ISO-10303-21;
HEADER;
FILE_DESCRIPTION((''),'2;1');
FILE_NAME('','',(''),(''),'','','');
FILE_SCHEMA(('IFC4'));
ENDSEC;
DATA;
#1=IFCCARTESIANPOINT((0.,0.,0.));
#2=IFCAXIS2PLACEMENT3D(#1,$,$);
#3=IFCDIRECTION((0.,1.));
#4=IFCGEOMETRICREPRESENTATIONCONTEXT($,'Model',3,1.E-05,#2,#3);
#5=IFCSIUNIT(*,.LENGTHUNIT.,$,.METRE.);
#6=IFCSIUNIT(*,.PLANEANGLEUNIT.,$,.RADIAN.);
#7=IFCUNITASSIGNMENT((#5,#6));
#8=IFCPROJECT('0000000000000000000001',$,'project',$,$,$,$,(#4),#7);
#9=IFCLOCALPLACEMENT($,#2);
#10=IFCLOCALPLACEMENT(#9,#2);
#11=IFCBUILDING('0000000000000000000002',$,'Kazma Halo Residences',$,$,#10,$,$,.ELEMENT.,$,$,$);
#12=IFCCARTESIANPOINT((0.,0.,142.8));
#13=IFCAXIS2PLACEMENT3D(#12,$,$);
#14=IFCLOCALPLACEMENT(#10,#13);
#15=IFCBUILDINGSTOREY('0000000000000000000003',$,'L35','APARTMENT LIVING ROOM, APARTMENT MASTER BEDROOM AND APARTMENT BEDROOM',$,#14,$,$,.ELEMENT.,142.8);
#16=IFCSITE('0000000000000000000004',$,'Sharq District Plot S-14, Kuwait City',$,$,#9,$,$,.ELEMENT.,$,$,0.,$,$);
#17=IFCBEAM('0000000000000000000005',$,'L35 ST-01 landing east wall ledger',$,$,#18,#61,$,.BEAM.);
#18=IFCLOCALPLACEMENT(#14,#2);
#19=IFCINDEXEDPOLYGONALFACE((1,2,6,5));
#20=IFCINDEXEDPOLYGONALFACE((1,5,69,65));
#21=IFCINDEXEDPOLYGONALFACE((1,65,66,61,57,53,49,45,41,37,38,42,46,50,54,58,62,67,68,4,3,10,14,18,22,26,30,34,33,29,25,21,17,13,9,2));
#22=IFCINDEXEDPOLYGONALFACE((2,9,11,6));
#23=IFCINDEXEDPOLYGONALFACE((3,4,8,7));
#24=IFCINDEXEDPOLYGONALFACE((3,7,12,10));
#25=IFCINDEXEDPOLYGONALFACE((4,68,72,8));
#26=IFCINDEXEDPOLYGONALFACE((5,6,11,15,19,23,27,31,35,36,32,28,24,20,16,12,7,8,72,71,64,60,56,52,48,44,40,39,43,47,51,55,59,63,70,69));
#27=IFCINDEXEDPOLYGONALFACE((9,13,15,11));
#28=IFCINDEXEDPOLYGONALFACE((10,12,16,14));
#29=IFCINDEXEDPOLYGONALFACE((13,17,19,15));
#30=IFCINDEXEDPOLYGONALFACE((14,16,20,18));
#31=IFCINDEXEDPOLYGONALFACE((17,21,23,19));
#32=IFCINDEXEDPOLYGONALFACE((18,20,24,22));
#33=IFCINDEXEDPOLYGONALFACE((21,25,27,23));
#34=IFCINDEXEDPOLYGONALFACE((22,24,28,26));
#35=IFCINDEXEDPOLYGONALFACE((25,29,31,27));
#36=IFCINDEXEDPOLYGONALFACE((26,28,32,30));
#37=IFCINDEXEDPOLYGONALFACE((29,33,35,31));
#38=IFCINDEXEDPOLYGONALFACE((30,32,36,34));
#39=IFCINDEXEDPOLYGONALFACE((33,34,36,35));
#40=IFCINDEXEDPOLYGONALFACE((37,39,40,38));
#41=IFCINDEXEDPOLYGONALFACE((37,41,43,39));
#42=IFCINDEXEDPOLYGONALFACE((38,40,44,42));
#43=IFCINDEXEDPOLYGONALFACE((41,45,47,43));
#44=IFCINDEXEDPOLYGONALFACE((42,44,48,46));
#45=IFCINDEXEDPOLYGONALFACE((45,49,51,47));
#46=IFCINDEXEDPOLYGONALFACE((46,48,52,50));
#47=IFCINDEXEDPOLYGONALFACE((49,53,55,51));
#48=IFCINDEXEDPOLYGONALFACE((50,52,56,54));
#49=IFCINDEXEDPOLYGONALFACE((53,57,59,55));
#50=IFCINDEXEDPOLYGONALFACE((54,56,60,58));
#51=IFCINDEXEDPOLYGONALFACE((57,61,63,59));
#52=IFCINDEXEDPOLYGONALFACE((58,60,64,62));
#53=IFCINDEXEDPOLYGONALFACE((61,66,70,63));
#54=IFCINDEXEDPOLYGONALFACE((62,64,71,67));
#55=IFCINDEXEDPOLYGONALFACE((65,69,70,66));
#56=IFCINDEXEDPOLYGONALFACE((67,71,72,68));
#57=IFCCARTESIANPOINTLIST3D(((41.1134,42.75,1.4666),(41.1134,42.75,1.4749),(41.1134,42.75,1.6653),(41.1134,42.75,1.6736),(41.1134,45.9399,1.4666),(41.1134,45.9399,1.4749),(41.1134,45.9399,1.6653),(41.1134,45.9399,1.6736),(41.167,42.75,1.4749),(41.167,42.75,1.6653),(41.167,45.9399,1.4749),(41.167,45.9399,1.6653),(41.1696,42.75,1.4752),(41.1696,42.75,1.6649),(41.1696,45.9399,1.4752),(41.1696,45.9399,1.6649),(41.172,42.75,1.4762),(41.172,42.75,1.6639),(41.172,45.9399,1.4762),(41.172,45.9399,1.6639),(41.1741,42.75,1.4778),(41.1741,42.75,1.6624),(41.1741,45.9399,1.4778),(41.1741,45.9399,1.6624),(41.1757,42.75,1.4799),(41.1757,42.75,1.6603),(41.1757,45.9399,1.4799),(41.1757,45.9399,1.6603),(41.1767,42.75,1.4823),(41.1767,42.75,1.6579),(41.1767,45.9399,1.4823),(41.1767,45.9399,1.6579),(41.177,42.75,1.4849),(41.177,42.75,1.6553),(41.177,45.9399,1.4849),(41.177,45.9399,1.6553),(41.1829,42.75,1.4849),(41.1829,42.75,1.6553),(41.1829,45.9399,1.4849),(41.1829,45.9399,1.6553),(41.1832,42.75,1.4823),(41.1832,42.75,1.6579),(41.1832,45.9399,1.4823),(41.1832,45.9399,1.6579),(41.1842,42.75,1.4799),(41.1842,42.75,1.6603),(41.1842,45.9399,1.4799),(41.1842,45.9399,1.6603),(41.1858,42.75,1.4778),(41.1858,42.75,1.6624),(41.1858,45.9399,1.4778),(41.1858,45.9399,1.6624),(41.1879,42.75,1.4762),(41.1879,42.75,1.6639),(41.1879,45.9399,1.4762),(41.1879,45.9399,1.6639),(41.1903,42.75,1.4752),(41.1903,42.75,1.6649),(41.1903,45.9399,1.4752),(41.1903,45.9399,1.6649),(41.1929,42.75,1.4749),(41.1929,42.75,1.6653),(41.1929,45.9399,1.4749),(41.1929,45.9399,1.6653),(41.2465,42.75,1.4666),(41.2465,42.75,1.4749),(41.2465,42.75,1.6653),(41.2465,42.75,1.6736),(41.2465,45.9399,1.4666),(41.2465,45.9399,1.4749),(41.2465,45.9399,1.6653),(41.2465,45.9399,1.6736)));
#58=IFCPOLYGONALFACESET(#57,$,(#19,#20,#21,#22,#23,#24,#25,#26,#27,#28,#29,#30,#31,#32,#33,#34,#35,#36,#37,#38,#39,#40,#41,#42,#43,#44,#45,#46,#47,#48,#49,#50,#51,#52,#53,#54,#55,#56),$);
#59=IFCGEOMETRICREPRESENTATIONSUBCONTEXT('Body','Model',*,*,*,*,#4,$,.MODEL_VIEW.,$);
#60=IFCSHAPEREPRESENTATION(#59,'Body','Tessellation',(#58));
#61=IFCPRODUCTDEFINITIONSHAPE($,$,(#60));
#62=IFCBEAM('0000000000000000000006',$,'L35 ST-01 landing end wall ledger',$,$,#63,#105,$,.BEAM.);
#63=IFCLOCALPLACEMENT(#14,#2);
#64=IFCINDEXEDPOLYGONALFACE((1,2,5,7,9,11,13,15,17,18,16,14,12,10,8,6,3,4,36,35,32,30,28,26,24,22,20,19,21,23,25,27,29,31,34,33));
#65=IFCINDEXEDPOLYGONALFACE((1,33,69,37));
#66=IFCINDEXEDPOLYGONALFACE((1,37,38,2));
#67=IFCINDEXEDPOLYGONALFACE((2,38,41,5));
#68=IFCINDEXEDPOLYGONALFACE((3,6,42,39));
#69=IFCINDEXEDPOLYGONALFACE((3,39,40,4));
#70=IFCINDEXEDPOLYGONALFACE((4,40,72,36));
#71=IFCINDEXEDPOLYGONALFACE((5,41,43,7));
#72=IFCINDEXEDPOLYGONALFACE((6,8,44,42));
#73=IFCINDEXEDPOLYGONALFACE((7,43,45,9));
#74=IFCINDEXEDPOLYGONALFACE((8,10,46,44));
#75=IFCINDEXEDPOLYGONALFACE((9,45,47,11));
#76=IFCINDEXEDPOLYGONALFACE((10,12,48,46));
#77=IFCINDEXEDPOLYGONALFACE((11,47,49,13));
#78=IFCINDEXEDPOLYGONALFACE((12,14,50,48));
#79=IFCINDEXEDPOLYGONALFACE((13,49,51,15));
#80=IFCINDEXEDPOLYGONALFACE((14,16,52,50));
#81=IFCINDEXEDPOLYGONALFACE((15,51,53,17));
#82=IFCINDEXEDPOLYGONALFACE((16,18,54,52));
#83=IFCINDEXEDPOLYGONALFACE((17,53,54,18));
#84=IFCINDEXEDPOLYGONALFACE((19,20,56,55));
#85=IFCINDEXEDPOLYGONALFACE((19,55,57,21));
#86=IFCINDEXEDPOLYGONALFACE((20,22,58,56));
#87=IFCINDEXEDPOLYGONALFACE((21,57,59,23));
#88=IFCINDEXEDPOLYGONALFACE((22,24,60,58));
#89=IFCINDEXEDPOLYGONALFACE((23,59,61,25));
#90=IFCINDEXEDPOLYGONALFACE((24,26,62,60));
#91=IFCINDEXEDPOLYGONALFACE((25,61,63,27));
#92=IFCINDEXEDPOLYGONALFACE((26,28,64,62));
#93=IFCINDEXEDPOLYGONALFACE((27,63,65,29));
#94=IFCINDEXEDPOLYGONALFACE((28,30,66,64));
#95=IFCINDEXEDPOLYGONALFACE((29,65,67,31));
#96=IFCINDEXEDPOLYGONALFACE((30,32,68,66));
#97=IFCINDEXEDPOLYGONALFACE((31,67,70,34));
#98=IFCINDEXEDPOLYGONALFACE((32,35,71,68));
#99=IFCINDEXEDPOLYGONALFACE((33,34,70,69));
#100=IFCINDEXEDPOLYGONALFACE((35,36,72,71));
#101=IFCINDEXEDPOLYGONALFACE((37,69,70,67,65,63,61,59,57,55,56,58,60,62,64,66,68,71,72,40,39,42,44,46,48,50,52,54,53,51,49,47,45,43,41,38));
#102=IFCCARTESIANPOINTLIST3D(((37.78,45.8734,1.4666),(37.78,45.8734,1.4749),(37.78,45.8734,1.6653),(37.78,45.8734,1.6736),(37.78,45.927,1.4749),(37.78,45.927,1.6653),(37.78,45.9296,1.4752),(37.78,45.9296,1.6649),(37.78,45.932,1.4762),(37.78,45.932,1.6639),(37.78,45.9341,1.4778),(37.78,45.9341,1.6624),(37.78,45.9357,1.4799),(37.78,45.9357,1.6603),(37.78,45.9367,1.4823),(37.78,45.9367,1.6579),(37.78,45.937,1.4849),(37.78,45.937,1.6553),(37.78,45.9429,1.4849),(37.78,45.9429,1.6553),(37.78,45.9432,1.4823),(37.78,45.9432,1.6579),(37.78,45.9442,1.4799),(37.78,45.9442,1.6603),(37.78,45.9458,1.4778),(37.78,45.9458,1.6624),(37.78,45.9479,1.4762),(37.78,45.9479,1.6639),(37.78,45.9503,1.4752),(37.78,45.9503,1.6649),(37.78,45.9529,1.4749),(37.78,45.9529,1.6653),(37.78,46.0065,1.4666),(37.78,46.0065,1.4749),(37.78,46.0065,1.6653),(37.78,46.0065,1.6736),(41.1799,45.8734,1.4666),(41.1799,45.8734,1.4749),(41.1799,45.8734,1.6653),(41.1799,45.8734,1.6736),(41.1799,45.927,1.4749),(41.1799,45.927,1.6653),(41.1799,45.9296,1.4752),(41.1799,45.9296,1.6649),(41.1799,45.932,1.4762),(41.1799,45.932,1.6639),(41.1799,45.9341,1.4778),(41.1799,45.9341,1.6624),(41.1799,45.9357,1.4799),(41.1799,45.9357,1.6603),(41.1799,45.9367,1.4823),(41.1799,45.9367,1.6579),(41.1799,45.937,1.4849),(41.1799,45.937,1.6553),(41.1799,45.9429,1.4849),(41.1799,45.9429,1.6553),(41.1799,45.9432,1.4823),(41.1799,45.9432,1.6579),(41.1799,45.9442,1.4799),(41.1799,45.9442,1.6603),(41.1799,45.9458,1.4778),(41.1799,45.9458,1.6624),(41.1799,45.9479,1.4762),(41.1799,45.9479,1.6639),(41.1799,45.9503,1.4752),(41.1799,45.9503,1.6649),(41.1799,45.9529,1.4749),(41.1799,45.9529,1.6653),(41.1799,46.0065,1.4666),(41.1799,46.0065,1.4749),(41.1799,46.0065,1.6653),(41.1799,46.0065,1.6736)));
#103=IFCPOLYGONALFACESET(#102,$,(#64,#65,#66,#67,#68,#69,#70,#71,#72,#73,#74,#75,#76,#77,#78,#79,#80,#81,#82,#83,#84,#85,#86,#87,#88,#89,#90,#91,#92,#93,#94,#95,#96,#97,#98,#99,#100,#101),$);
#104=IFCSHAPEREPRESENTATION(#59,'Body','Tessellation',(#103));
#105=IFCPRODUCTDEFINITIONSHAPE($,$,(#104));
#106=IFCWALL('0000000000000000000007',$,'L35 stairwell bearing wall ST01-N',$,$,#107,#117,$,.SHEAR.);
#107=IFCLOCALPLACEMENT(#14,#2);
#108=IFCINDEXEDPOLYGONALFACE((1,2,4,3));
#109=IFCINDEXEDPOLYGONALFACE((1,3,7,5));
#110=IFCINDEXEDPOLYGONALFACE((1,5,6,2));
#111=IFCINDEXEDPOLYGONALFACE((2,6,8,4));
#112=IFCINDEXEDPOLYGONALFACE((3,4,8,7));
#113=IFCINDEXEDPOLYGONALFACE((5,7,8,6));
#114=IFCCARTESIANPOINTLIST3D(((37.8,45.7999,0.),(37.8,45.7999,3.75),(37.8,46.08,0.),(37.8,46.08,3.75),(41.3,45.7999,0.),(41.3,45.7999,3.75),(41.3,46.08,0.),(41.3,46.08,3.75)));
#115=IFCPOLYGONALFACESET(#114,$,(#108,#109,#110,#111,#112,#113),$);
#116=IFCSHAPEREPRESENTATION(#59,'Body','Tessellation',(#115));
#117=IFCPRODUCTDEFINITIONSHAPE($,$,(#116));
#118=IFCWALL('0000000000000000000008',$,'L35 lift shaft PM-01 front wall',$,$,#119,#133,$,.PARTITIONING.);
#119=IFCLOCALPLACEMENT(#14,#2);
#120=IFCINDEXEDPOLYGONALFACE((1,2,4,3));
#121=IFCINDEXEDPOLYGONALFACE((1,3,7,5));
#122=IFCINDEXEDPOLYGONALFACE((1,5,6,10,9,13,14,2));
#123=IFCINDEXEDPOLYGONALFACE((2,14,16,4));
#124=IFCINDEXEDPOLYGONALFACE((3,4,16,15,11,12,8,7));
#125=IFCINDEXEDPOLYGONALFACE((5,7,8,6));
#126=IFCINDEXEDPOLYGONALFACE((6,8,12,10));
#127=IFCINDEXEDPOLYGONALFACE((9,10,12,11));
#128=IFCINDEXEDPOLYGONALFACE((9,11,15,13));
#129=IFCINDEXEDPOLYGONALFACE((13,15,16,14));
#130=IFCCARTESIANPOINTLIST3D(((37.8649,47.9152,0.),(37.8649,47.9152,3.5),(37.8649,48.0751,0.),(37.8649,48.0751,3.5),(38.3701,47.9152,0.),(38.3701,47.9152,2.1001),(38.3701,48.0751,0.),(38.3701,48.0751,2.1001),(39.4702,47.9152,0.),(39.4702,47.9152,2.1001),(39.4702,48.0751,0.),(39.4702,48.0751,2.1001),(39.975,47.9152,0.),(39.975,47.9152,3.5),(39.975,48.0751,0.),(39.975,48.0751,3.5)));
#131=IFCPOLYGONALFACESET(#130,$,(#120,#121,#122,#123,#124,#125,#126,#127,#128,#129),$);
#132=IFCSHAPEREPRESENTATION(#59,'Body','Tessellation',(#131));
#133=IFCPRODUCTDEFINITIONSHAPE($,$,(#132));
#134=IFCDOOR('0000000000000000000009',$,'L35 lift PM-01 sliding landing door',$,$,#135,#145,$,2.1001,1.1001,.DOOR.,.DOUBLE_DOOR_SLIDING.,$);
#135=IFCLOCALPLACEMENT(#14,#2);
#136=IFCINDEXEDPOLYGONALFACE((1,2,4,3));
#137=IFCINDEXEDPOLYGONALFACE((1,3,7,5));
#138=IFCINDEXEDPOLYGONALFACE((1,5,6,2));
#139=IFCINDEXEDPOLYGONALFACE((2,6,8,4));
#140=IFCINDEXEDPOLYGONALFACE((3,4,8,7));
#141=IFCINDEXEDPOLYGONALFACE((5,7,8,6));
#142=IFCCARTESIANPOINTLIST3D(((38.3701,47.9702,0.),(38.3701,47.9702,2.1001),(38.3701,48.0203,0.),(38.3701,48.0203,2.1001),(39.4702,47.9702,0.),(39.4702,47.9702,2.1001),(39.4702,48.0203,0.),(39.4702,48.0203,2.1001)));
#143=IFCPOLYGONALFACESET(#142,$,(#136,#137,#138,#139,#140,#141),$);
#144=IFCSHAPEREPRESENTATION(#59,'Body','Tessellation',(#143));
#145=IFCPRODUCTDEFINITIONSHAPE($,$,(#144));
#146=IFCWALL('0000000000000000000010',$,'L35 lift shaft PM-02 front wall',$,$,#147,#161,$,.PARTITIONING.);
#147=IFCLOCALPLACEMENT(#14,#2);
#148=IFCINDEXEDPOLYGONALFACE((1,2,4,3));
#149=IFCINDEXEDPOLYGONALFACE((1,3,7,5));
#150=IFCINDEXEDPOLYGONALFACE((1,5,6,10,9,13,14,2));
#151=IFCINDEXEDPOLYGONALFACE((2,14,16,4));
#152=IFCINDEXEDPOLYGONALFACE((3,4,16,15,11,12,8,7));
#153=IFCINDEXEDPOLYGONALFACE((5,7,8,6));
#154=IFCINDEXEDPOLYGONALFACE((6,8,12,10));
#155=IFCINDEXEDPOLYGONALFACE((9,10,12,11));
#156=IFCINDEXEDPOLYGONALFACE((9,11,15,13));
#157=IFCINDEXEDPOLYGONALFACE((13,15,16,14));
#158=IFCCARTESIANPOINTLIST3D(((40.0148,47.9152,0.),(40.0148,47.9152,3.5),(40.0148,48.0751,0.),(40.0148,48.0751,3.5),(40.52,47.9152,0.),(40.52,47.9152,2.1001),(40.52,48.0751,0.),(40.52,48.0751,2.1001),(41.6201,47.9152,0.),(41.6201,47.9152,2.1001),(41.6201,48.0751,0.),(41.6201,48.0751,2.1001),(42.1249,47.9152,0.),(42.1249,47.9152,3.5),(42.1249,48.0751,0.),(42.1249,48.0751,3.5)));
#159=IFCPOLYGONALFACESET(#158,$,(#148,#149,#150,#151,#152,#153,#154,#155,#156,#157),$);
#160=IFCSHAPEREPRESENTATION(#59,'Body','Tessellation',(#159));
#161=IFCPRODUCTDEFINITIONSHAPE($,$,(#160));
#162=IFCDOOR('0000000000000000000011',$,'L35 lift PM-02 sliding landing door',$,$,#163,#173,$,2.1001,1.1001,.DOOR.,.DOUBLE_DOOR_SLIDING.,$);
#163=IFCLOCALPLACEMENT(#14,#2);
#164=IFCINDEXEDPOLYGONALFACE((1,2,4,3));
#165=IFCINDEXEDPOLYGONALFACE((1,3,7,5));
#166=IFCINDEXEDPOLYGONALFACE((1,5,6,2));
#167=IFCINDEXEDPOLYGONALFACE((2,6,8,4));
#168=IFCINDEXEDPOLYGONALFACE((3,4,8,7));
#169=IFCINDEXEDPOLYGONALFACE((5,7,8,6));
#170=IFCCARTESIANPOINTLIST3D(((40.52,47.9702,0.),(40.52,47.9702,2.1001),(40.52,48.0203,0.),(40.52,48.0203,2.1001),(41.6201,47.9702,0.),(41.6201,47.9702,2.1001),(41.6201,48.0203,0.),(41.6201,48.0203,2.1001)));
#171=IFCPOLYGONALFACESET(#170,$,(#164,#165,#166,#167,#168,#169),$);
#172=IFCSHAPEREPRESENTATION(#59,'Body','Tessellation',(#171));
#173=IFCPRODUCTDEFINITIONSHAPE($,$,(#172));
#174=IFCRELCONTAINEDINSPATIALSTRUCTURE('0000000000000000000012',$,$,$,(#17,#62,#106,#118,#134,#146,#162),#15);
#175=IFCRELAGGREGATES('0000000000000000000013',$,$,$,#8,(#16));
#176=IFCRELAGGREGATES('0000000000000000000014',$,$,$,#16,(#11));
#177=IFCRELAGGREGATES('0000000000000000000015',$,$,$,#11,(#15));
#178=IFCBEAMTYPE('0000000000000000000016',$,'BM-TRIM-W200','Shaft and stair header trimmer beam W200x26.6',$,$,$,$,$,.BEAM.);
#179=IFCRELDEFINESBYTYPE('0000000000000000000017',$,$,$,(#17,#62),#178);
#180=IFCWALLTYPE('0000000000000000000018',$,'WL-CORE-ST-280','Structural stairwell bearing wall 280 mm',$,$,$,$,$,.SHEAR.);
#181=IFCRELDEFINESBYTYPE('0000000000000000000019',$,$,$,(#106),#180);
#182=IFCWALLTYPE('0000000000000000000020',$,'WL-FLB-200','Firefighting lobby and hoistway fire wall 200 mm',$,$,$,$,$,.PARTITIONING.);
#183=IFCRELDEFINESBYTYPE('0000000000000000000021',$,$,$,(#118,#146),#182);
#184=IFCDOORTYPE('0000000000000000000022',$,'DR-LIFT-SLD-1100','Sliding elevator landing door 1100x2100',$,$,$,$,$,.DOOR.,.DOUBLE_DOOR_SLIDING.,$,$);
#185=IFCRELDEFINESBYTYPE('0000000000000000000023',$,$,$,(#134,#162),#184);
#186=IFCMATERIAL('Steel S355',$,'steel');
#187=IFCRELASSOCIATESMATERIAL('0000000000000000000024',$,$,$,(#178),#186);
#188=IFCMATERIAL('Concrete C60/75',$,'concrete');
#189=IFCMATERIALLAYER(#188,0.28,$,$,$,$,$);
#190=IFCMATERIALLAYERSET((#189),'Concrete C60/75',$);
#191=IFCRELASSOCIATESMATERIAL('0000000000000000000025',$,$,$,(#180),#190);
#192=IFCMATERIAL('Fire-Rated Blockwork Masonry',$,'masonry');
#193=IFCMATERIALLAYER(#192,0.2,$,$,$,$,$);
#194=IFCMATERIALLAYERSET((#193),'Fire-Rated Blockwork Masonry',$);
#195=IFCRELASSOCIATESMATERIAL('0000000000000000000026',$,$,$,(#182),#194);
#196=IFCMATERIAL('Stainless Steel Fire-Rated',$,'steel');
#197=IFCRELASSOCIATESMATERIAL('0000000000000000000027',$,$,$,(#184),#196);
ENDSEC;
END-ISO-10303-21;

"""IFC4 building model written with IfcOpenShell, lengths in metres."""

from ifc_helpers import new_model, si_unit, direction, frame, frame_2d, origin, origin_2d, place, context, subcontext, project, spatial, rectangle, i_section, extrude, material, layer, layer_set, material_profile, profile_set, type_object, element, fill, save


model = new_model("IFC4")

# Units and contexts
model_context = context("Model", 3, precision=1e-05, world=origin(), true_north=direction((0.0, 1.0)))
body_context = subcontext(model_context, "Body", "Model", "MODEL_VIEW")
ifc_project = project(units=[si_unit("LENGTHUNIT", "METRE"), si_unit("PLANEANGLEUNIT", "RADIAN")], contexts=[model_context])

# Site, building, storey
site_placement = place(None, origin())
site = spatial("IfcSite", under=ifc_project, at=site_placement, Name="Sharq District Plot S-14, Kuwait City", CompositionType="ELEMENT", RefElevation=0.0)
building_placement = place(site_placement, origin())
building = spatial("IfcBuilding", under=site, at=building_placement, Name="Kazma Halo Residences", CompositionType="ELEMENT")
storey_placement = place(building_placement, frame((0.0, 0.0, 142.8)))
storey = spatial("IfcBuildingStorey", under=building, at=storey_placement, Name="L35", Description="APARTMENT LIVING ROOM, APARTMENT MASTER BEDROOM AND APARTMENT BEDROOM", CompositionType="ELEMENT", Elevation=142.8)

# Shared definitions
ifc_material_1 = material(Name="Steel S355", Category="steel")

# Beams
ifc_material_profile_1 = material_profile(ifc_material_1, i_section(OverallWidth=0.1331, OverallDepth=0.207, WebThickness=0.0059, FlangeThickness=0.0083, FilletRadius=0.01, at=origin_2d()), Name="W200x26.6")
ifc_profile_set_1 = profile_set([ifc_material_profile_1], Name="Steel S355")
beam_type_1 = type_object("IfcBeamType", Name="BM-TRIM-W200", Description="Shaft and stair header trimmer beam W200x26.6", PredefinedType="BEAM", material=ifc_profile_set_1)
beam_1_placement = place(storey_placement, frame((41.1799, 42.75, 1.5701), z_axis=(0.0, 1.0, 0.0), x_axis=(-1.0, 0.0, 0.0)))
element("IfcBeam", 1, at=beam_1_placement, inside=storey, type_object=beam_type_1, Name="L35 ST-01 landing east wall ledger", PredefinedType="BEAM", context=body_context, shape_type="SweptSolid", body=[
    extrude(i_section(OverallWidth=0.1331, OverallDepth=0.207, WebThickness=0.0059, FlangeThickness=0.0083, FilletRadius=0.01, at=origin_2d()), origin(), (0.0, 0.0, 1.0), 3.1899),
])
beam_2_placement = place(storey_placement, frame((37.78, 45.9399, 1.5701), z_axis=(1.0, 0.0, 0.0), x_axis=(0.0, 1.0, 0.0)))
element("IfcBeam", 2, at=beam_2_placement, inside=storey, type_object=beam_type_1, Name="L35 ST-01 landing end wall ledger", PredefinedType="BEAM", context=body_context, shape_type="SweptSolid", body=[
    extrude(i_section(OverallWidth=0.1331, OverallDepth=0.207, WebThickness=0.0059, FlangeThickness=0.0083, FilletRadius=0.01, at=origin_2d()), origin(), (0.0, 0.0, 1.0), 3.3999),
])

# Wall
ifc_material_2 = material(Name="Concrete C60/75", Category="concrete")
ifc_layer_1 = layer(ifc_material_2, 0.28)
ifc_layer_set_1 = layer_set([ifc_layer_1], Name="Concrete C60/75")
wall_type_1 = type_object("IfcWallType", Name="WL-CORE-ST-280", Description="Structural stairwell bearing wall 280 mm", PredefinedType="SHEAR", material=ifc_layer_set_1)
wall_1_placement = place(storey_placement, frame((37.8, 45.9399, 0.0), z_axis=(0.0, 0.0, 1.0), x_axis=(1.0, 0.0, 0.0)))
element("IfcWall", 3, at=wall_1_placement, inside=storey, type_object=wall_type_1, Name="L35 stairwell bearing wall ST01-N", PredefinedType="SHEAR", context=body_context, shape_type="SweptSolid", body=[
    extrude(rectangle(XDim=3.5, YDim=0.28, at=frame_2d((1.75, 0.0))), origin(), (0.0, 0.0, 1.0), 3.75),
])

# Walls, openings, doors
ifc_material_3 = material(Name="Fire-Rated Blockwork Masonry", Category="masonry")
ifc_layer_2 = layer(ifc_material_3, 0.2)
ifc_layer_set_2 = layer_set([ifc_layer_2], Name="Fire-Rated Blockwork Masonry")
wall_type_2 = type_object("IfcWallType", Name="WL-FLB-200", Description="Firefighting lobby and hoistway fire wall 200 mm", PredefinedType="PARTITIONING", material=ifc_layer_set_2)
wall_2_placement = place(storey_placement, frame((39.9751, 47.9951, 0.0), z_axis=(0.0, 0.0, 1.0), x_axis=(-1.0, 0.0, 0.0)))
wall_2 = element("IfcWall", 4, at=wall_2_placement, inside=storey, type_object=wall_type_2, Name="L35 lift shaft PM-01 front wall", PredefinedType="PARTITIONING", context=body_context, shape_type="SweptSolid", body=[
    extrude(rectangle(XDim=2.1101, YDim=0.1599, at=frame_2d((1.0552, 0.0))), origin(), (0.0, 0.0, 1.0), 3.5),
])
opening_1_placement = place(wall_2_placement, frame((0.5049, 0.0, 0.0)))
opening_1 = element("IfcOpeningElement", 5, at=opening_1_placement, cuts=wall_2, PredefinedType="OPENING", context=body_context, shape_type="SweptSolid", body=[
    extrude(rectangle(XDim=1.1001, YDim=2.1001, at=frame_2d((0.55, 1.05))), frame((0.0, 0.0898, 0.0), z_axis=(0.0, -1.0, 0.0), x_axis=(1.0, 0.0, 0.0)), (0.0, 0.0, 1.0), 0.1799),
])
ifc_material_4 = material(Name="Stainless Steel Fire-Rated", Category="steel")
door_type = type_object("IfcDoorType", Name="DR-LIFT-SLD-1100", Description="Sliding elevator landing door 1100x2100", OperationType="DOUBLE_DOOR_SLIDING", PredefinedType="DOOR", material=ifc_material_4)
door_1_placement = place(opening_1_placement, origin())
door_1 = element("IfcDoor", 6, at=door_1_placement, inside=storey, type_object=door_type, Name="L35 lift PM-01 sliding landing door", OperationType="DOUBLE_DOOR_SLIDING", OverallHeight=2.1001, OverallWidth=1.1001, PredefinedType="DOOR", context=body_context, shape_type="SweptSolid", body=[
    extrude(rectangle(XDim=1.1001, YDim=2.1001, at=frame_2d((0.55, 1.05))), frame((0.0, 0.0249, 0.0), z_axis=(0.0, -1.0, 0.0), x_axis=(1.0, 0.0, 0.0)), (0.0, 0.0, 1.0), 0.05),
])
fill(opening_1, door_1)
wall_3_placement = place(storey_placement, frame((42.125, 47.9951, 0.0), z_axis=(0.0, 0.0, 1.0), x_axis=(-1.0, 0.0, 0.0)))
wall_3 = element("IfcWall", 7, at=wall_3_placement, inside=storey, type_object=wall_type_2, Name="L35 lift shaft PM-02 front wall", PredefinedType="PARTITIONING", context=body_context, shape_type="SweptSolid", body=[
    extrude(rectangle(XDim=2.1101, YDim=0.1599, at=frame_2d((1.0552, 0.0))), origin(), (0.0, 0.0, 1.0), 3.5),
])
opening_2_placement = place(wall_3_placement, frame((0.5049, 0.0, 0.0)))
opening_2 = element("IfcOpeningElement", 8, at=opening_2_placement, cuts=wall_3, PredefinedType="OPENING", context=body_context, shape_type="SweptSolid", body=[
    extrude(rectangle(XDim=1.1001, YDim=2.1001, at=frame_2d((0.55, 1.05))), frame((0.0, 0.0898, 0.0), z_axis=(0.0, -1.0, 0.0), x_axis=(1.0, 0.0, 0.0)), (0.0, 0.0, 1.0), 0.1799),
])
door_2_placement = place(opening_2_placement, origin())
door_2 = element("IfcDoor", 9, at=door_2_placement, inside=storey, type_object=door_type, Name="L35 lift PM-02 sliding landing door", OperationType="DOUBLE_DOOR_SLIDING", OverallHeight=2.1001, OverallWidth=1.1001, PredefinedType="DOOR", context=body_context, shape_type="SweptSolid", body=[
    extrude(rectangle(XDim=1.1001, YDim=2.1001, at=frame_2d((0.55, 1.05))), frame((0.0, 0.0249, 0.0), z_axis=(0.0, -1.0, 0.0), x_axis=(1.0, 0.0, 0.0)), (0.0, 0.0, 1.0), 0.05),
])
fill(opening_2, door_2)

save(model, "model.ifc")
